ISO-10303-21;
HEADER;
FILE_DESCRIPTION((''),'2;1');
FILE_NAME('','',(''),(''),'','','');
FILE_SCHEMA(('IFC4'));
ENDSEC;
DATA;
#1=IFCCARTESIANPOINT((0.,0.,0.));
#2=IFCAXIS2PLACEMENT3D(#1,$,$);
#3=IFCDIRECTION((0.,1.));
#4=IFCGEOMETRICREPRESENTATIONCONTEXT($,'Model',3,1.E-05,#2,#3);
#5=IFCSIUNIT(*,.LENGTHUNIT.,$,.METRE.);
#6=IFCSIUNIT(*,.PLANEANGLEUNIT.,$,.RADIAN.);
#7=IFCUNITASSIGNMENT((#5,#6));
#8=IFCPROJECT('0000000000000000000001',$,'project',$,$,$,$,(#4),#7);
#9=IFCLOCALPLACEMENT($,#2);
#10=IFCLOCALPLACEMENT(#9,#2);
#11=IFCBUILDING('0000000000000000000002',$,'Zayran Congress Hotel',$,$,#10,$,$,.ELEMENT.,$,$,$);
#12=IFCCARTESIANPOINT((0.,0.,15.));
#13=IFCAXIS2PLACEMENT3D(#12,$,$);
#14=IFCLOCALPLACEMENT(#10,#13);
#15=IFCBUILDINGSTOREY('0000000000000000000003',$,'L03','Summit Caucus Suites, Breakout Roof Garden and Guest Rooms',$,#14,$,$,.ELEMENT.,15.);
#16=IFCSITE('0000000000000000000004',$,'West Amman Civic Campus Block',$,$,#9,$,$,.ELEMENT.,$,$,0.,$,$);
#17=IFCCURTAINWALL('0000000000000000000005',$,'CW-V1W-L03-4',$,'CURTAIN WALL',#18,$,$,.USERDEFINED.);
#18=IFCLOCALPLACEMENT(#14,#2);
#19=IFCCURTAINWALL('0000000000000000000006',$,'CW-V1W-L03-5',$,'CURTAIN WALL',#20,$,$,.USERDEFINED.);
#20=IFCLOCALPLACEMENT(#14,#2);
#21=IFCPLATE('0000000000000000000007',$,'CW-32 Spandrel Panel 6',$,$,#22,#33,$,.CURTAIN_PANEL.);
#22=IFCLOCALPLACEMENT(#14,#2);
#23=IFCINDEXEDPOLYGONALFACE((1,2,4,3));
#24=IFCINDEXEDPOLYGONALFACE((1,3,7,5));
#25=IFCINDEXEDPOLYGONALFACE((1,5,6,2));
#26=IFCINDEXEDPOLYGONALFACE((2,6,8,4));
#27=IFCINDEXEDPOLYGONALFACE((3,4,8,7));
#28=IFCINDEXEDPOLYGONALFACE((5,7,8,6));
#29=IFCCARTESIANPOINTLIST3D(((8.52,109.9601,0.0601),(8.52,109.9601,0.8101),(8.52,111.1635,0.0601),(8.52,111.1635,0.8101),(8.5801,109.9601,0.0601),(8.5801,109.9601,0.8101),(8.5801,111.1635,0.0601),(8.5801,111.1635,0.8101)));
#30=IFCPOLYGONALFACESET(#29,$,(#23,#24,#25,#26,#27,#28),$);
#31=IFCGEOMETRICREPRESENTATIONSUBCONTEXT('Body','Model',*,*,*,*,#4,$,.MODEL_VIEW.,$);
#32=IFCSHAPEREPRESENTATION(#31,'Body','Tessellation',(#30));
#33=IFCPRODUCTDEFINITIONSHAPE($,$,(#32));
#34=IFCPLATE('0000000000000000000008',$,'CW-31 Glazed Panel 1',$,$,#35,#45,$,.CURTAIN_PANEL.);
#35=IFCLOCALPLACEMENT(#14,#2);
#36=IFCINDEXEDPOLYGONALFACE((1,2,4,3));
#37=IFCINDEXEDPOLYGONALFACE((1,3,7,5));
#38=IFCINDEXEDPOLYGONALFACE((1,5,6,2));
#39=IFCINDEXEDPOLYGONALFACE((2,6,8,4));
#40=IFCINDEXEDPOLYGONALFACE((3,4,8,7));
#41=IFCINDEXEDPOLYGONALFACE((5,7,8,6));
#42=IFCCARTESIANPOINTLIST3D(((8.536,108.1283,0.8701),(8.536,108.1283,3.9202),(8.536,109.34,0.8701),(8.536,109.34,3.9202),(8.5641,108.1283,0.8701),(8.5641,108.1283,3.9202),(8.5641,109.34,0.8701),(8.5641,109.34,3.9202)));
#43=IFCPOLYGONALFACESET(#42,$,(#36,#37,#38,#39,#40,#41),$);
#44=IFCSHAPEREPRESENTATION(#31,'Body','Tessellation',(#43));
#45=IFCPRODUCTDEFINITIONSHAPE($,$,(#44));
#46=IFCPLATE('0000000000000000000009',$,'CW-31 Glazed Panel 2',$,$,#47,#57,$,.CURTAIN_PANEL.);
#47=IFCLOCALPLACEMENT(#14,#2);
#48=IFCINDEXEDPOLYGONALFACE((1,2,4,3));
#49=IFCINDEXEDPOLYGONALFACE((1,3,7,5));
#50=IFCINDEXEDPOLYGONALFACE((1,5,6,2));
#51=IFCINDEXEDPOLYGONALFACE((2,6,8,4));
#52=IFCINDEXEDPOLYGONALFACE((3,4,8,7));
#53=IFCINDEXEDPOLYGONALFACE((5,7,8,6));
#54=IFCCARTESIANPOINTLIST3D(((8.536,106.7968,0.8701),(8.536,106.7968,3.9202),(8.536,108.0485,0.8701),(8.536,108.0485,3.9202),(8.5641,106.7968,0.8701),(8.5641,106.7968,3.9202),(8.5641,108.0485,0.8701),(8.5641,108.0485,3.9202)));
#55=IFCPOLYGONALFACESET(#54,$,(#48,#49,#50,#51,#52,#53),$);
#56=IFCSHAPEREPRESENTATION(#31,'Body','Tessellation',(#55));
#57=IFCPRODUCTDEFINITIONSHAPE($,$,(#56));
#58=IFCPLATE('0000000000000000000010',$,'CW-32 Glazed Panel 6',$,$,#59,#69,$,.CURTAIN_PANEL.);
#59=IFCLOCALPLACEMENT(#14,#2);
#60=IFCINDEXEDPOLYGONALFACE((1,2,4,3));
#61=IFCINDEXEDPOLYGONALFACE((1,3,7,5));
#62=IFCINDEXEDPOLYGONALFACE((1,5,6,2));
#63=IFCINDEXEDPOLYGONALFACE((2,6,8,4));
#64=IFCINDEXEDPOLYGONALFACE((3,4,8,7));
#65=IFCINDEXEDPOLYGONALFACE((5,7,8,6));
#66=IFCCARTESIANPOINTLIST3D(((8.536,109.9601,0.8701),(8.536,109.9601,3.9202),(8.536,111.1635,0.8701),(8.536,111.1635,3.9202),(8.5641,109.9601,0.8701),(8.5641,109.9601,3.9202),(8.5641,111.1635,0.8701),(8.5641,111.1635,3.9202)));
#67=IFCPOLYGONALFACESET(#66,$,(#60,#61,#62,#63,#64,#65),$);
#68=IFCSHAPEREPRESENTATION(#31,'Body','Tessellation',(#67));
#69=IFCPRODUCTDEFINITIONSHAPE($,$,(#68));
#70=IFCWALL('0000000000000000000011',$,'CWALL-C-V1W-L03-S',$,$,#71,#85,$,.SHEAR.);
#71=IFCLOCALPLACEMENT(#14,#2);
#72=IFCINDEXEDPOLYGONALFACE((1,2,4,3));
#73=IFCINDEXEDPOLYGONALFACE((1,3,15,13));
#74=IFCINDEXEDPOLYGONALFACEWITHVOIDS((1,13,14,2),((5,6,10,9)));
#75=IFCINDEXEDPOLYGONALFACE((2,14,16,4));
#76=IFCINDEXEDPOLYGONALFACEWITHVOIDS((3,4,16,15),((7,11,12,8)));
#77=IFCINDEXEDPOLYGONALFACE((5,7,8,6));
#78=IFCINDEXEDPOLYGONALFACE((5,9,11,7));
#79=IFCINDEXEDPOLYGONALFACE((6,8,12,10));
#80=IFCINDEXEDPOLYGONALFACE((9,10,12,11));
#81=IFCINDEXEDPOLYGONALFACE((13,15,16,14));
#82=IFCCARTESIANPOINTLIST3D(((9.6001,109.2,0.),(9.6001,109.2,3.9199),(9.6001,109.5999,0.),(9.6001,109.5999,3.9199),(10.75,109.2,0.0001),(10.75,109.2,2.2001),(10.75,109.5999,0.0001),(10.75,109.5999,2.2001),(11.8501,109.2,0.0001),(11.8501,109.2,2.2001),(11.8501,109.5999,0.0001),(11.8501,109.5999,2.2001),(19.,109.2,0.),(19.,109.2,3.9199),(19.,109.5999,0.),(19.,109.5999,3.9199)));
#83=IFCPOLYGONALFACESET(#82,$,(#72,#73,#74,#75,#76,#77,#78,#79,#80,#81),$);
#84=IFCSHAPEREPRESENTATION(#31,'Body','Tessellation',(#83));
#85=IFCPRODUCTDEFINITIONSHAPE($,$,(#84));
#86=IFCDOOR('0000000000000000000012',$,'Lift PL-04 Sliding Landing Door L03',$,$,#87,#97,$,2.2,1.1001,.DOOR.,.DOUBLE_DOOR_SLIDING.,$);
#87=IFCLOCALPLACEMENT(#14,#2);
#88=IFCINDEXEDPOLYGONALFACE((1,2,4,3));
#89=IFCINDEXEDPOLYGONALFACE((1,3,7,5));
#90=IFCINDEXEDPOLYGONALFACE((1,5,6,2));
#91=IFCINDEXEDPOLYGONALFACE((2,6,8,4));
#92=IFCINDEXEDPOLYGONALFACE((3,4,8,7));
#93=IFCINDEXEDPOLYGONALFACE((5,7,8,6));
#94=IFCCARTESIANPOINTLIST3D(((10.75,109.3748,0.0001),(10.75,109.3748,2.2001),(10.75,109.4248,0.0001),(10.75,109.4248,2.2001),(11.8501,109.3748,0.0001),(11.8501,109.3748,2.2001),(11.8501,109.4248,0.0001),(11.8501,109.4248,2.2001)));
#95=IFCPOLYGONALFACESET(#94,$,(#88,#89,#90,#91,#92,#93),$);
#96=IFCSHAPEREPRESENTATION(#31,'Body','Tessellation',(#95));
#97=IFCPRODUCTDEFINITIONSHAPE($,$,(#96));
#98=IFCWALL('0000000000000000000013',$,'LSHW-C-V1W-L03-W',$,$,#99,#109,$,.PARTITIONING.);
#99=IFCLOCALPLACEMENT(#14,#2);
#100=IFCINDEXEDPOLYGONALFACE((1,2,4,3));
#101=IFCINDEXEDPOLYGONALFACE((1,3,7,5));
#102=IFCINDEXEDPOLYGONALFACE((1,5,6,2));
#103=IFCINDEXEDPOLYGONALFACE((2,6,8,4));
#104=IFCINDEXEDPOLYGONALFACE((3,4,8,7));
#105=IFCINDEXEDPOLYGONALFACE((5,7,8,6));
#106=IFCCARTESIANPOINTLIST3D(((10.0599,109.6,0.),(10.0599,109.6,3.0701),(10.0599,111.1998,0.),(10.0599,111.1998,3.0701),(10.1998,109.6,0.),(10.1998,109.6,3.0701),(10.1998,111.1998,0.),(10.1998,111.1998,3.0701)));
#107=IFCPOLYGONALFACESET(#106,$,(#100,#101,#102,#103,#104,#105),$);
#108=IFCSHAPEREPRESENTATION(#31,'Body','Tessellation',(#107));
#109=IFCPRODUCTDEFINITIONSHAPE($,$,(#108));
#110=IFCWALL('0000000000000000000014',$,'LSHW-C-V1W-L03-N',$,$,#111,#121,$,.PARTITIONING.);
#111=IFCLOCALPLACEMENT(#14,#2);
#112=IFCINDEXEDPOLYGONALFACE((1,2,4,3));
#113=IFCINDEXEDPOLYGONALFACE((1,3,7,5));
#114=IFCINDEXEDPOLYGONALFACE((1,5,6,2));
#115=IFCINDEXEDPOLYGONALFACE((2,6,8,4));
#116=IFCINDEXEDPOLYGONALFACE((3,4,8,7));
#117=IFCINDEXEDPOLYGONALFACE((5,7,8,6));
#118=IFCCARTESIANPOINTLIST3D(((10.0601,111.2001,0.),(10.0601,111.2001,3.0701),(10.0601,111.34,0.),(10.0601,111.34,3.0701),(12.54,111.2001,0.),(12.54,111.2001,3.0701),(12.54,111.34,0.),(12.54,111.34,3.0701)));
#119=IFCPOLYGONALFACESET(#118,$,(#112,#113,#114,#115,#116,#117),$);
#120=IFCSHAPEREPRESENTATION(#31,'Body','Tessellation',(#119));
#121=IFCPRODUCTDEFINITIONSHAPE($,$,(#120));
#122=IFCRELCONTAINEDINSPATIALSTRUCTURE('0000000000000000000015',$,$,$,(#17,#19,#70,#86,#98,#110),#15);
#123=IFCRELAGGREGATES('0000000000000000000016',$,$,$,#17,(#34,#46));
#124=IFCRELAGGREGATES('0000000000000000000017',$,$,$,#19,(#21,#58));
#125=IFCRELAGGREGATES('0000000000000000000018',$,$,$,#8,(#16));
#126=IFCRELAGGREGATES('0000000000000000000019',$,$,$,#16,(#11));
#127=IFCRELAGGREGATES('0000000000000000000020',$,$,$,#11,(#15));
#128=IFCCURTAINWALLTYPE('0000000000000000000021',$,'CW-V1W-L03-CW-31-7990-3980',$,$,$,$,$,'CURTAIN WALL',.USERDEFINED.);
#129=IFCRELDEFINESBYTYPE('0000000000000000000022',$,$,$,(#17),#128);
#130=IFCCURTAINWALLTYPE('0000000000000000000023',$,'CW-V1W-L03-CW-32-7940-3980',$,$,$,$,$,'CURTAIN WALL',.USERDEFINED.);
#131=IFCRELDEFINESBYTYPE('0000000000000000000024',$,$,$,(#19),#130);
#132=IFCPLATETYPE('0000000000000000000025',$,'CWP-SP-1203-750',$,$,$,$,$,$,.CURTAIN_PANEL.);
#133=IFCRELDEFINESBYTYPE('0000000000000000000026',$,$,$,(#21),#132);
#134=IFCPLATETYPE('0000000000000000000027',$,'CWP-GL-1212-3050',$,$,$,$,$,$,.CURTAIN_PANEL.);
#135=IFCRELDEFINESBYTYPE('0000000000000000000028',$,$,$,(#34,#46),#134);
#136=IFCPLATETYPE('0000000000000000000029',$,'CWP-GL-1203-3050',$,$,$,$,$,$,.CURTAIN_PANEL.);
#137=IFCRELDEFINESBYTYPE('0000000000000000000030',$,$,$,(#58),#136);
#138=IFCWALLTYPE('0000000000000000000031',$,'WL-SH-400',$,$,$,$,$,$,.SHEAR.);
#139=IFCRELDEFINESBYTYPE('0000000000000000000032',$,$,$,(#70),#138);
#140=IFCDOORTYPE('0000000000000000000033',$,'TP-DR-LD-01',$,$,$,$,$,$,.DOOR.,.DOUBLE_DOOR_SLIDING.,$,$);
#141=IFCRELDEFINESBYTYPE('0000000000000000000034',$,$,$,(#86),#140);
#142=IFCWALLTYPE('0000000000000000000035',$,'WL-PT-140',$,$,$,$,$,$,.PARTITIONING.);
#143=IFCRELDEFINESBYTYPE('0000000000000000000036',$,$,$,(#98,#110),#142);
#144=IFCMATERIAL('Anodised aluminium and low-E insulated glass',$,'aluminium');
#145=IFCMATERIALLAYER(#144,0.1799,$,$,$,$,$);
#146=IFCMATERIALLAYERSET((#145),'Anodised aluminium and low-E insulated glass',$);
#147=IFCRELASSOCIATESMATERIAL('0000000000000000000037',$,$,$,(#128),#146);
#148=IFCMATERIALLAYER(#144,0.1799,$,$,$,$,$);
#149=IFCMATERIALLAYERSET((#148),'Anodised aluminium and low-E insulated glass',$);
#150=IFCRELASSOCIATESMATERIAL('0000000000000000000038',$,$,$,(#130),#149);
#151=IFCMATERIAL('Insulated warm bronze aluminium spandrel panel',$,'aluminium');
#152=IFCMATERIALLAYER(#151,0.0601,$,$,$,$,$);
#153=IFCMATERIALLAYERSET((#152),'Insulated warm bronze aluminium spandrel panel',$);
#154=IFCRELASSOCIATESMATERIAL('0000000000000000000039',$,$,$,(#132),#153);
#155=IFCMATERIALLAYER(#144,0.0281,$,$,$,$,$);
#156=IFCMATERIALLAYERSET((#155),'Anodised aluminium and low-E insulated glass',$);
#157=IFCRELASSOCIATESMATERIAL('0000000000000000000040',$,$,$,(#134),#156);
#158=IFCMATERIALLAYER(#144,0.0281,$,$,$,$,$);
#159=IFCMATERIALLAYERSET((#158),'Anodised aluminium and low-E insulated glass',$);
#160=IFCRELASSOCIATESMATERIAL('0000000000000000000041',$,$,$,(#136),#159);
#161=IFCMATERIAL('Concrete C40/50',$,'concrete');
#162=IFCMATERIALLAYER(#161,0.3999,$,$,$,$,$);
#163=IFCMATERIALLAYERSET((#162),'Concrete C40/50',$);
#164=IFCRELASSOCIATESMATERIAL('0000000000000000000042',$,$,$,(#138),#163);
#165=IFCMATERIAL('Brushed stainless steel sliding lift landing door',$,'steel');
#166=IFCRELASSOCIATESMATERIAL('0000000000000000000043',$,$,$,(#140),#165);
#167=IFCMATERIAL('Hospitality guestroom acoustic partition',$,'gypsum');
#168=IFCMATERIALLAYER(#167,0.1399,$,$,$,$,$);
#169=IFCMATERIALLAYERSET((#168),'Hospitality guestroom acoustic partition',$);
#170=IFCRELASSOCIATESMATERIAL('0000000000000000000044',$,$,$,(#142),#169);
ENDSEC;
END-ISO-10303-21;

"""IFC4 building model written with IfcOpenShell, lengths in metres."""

from ifc_helpers import new_model, si_unit, direction, frame, frame_2d, origin, origin_2d, place, context, subcontext, project, spatial, rectangle, extrude, material, layer, layer_set, type_object, element, fill, aggregate, save


model = new_model("IFC4")

# Units and contexts
model_context = context("Model", 3, precision=1e-05, world=origin(), true_north=direction((0.0, 1.0)))
body_context = subcontext(model_context, "Body", "Model", "MODEL_VIEW")
ifc_project = project(units=[si_unit("LENGTHUNIT", "METRE"), si_unit("PLANEANGLEUNIT", "RADIAN")], contexts=[model_context])

# Site, building, storey
site_placement = place(None, origin())
site = spatial("IfcSite", under=ifc_project, at=site_placement, Name="West Amman Civic Campus Block", CompositionType="ELEMENT", RefElevation=0.0)
building_placement = place(site_placement, origin())
building = spatial("IfcBuilding", under=site, at=building_placement, Name="Zayran Congress Hotel", CompositionType="ELEMENT")
storey_placement = place(building_placement, frame((0.0, 0.0, 15.0)))
storey = spatial("IfcBuildingStorey", under=building, at=storey_placement, Name="L03", Description="Summit Caucus Suites, Breakout Roof Garden and Guest Rooms", CompositionType="ELEMENT", Elevation=15.0)

# Curtain walls
ifc_material_1 = material(Name="Anodised aluminium and low-E insulated glass", Category="aluminium")
ifc_layer_1 = layer(ifc_material_1, 0.1799)
ifc_layer_set_1 = layer_set([ifc_layer_1], Name="Anodised aluminium and low-E insulated glass")
curtain_wall_type_1 = type_object("IfcCurtainWallType", Name="CW-V1W-L03-CW-31-7990-3980", ElementType="CURTAIN WALL", PredefinedType="USERDEFINED", material=ifc_layer_set_1)
curtain_wall_1_placement = place(storey_placement, origin())
curtain_wall_1 = element("IfcCurtainWall", 1, at=curtain_wall_1_placement, inside=storey, type_object=curtain_wall_type_1, Name="CW-V1W-L03-4", ObjectType="CURTAIN WALL", PredefinedType="USERDEFINED")
ifc_layer_2 = layer(ifc_material_1, 0.1799)
ifc_layer_set_2 = layer_set([ifc_layer_2], Name="Anodised aluminium and low-E insulated glass")
curtain_wall_type_2 = type_object("IfcCurtainWallType", Name="CW-V1W-L03-CW-32-7940-3980", ElementType="CURTAIN WALL", PredefinedType="USERDEFINED", material=ifc_layer_set_2)
curtain_wall_2_placement = place(storey_placement, origin())
curtain_wall_2 = element("IfcCurtainWall", 2, at=curtain_wall_2_placement, inside=storey, type_object=curtain_wall_type_2, Name="CW-V1W-L03-5", ObjectType="CURTAIN WALL", PredefinedType="USERDEFINED")

# Plates
ifc_material_2 = material(Name="Insulated warm bronze aluminium spandrel panel", Category="aluminium")
ifc_layer_3 = layer(ifc_material_2, 0.0601)
ifc_layer_set_3 = layer_set([ifc_layer_3], Name="Insulated warm bronze aluminium spandrel panel")
plate_type_1 = type_object("IfcPlateType", Name="CWP-SP-1203-750", PredefinedType="CURTAIN_PANEL", material=ifc_layer_set_3)
plate_1_placement = place(storey_placement, frame((8.55, 110.5618, 0.0601), z_axis=(0.0, 0.0, 1.0), x_axis=(0.0, 1.0, 0.0)))
plate_1 = element("IfcPlate", 3, at=plate_1_placement, type_object=plate_type_1, Name="CW-32 Spandrel Panel 6", PredefinedType="CURTAIN_PANEL", context=body_context, shape_type="SweptSolid", body=[
    extrude(rectangle(XDim=1.2034, YDim=0.0601, at=origin_2d()), origin(), (0.0, 0.0, 1.0), 0.75),
])
ifc_layer_4 = layer(ifc_material_1, 0.0281)
ifc_layer_set_4 = layer_set([ifc_layer_4], Name="Anodised aluminium and low-E insulated glass")
plate_type_2 = type_object("IfcPlateType", Name="CWP-GL-1212-3050", PredefinedType="CURTAIN_PANEL", material=ifc_layer_set_4)
plate_2_placement = place(storey_placement, frame((8.55, 108.7341, 0.8701), z_axis=(0.0, 0.0, 1.0), x_axis=(0.0, 1.0, 0.0)))
plate_2 = element("IfcPlate", 4, at=plate_2_placement, type_object=plate_type_2, Name="CW-31 Glazed Panel 1", PredefinedType="CURTAIN_PANEL", context=body_context, shape_type="SweptSolid", body=[
    extrude(rectangle(XDim=1.2117, YDim=0.0281, at=origin_2d()), origin(), (0.0, 0.0, 1.0), 3.05),
])
plate_3_placement = place(storey_placement, frame((8.55, 107.4226, 0.8701), z_axis=(0.0, 0.0, 1.0), x_axis=(0.0, 1.0, 0.0)))
plate_3 = element("IfcPlate", 5, at=plate_3_placement, type_object=plate_type_2, Name="CW-31 Glazed Panel 2", PredefinedType="CURTAIN_PANEL", context=body_context, shape_type="SweptSolid", body=[
    extrude(rectangle(XDim=1.2517, YDim=0.0281, at=origin_2d()), origin(), (0.0, 0.0, 1.0), 3.05),
])
aggregate(curtain_wall_1, [plate_2, plate_3])
ifc_layer_5 = layer(ifc_material_1, 0.0281)
ifc_layer_set_5 = layer_set([ifc_layer_5], Name="Anodised aluminium and low-E insulated glass")
plate_type_3 = type_object("IfcPlateType", Name="CWP-GL-1203-3050", PredefinedType="CURTAIN_PANEL", material=ifc_layer_set_5)
plate_4_placement = place(storey_placement, frame((8.55, 110.5618, 0.8701), z_axis=(0.0, 0.0, 1.0), x_axis=(0.0, 1.0, 0.0)))
plate_4 = element("IfcPlate", 6, at=plate_4_placement, type_object=plate_type_3, Name="CW-32 Glazed Panel 6", PredefinedType="CURTAIN_PANEL", context=body_context, shape_type="SweptSolid", body=[
    extrude(rectangle(XDim=1.2034, YDim=0.0281, at=origin_2d()), origin(), (0.0, 0.0, 1.0), 3.05),
])
aggregate(curtain_wall_2, [plate_1, plate_4])

# Wall, opening, door
ifc_material_3 = material(Name="Concrete C40/50", Category="concrete")
ifc_layer_6 = layer(ifc_material_3, 0.3999)
ifc_layer_set_6 = layer_set([ifc_layer_6], Name="Concrete C40/50")
wall_type_1 = type_object("IfcWallType", Name="WL-SH-400", PredefinedType="SHEAR", material=ifc_layer_set_6)
wall_1_placement = place(storey_placement, frame((9.6001, 109.3999, 0.0), z_axis=(0.0, 0.0, 1.0), x_axis=(1.0, 0.0, 0.0)))
wall_1 = element("IfcWall", 7, at=wall_1_placement, inside=storey, type_object=wall_type_1, Name="CWALL-C-V1W-L03-S", PredefinedType="SHEAR", context=body_context, shape_type="SweptSolid", body=[
    extrude(rectangle(XDim=9.3999, YDim=0.3999, at=frame_2d((4.7, 0.0))), origin(), (0.0, 0.0, 1.0), 3.9199),
])
opening_placement = place(wall_1_placement, frame((1.1499, 0.0, 0.0)))
opening = element("IfcOpeningElement", 8, at=opening_placement, cuts=wall_1, PredefinedType="OPENING", context=body_context, shape_type="SweptSolid", body=[
    extrude(rectangle(XDim=1.1001, YDim=2.2, at=frame_2d((0.55, 1.1001))), frame((0.0, 0.21, 0.0), z_axis=(0.0, -1.0, 0.0), x_axis=(1.0, 0.0, 0.0)), (0.0, 0.0, 1.0), 0.4199),
])
ifc_material_4 = material(Name="Brushed stainless steel sliding lift landing door", Category="steel")
door_type = type_object("IfcDoorType", Name="TP-DR-LD-01", OperationType="DOUBLE_DOOR_SLIDING", PredefinedType="DOOR", material=ifc_material_4)
door_placement = place(opening_placement, origin())
door = element("IfcDoor", 9, at=door_placement, inside=storey, type_object=door_type, Name="Lift PL-04 Sliding Landing Door L03", OperationType="DOUBLE_DOOR_SLIDING", OverallHeight=2.2, OverallWidth=1.1001, PredefinedType="DOOR", context=body_context, shape_type="SweptSolid", body=[
    extrude(rectangle(XDim=1.1001, YDim=2.2, at=frame_2d((0.55, 1.1001))), frame((0.0, 0.0249, 0.0), z_axis=(0.0, -1.0, 0.0), x_axis=(1.0, 0.0, 0.0)), (0.0, 0.0, 1.0), 0.05),
])
fill(opening, door)

# Walls
ifc_material_5 = material(Name="Hospitality guestroom acoustic partition", Category="gypsum")
ifc_layer_7 = layer(ifc_material_5, 0.1399)
ifc_layer_set_7 = layer_set([ifc_layer_7], Name="Hospitality guestroom acoustic partition")
wall_type_2 = type_object("IfcWallType", Name="WL-PT-140", PredefinedType="PARTITIONING", material=ifc_layer_set_7)
wall_2_placement = place(storey_placement, frame((10.1299, 109.6001, 0.0), z_axis=(0.0, 0.0, 1.0), x_axis=(0.0, 1.0, 0.0)))
element("IfcWall", 10, at=wall_2_placement, inside=storey, type_object=wall_type_2, Name="LSHW-C-V1W-L03-W", PredefinedType="PARTITIONING", context=body_context, shape_type="SweptSolid", body=[
    extrude(rectangle(XDim=1.5999, YDim=0.1399, at=frame_2d((0.7998, 0.0))), origin(), (0.0, 0.0, 1.0), 3.0701),
])
wall_3_placement = place(storey_placement, frame((10.0601, 111.27, 0.0), z_axis=(0.0, 0.0, 1.0), x_axis=(1.0, 0.0, 0.0)))
element("IfcWall", 11, at=wall_3_placement, inside=storey, type_object=wall_type_2, Name="LSHW-C-V1W-L03-N", PredefinedType="PARTITIONING", context=body_context, shape_type="SweptSolid", body=[
    extrude(rectangle(XDim=2.48, YDim=0.1399, at=frame_2d((1.24, 0.0))), origin(), (0.0, 0.0, 1.0), 3.0701),
])

save(model, "model.ifc")
